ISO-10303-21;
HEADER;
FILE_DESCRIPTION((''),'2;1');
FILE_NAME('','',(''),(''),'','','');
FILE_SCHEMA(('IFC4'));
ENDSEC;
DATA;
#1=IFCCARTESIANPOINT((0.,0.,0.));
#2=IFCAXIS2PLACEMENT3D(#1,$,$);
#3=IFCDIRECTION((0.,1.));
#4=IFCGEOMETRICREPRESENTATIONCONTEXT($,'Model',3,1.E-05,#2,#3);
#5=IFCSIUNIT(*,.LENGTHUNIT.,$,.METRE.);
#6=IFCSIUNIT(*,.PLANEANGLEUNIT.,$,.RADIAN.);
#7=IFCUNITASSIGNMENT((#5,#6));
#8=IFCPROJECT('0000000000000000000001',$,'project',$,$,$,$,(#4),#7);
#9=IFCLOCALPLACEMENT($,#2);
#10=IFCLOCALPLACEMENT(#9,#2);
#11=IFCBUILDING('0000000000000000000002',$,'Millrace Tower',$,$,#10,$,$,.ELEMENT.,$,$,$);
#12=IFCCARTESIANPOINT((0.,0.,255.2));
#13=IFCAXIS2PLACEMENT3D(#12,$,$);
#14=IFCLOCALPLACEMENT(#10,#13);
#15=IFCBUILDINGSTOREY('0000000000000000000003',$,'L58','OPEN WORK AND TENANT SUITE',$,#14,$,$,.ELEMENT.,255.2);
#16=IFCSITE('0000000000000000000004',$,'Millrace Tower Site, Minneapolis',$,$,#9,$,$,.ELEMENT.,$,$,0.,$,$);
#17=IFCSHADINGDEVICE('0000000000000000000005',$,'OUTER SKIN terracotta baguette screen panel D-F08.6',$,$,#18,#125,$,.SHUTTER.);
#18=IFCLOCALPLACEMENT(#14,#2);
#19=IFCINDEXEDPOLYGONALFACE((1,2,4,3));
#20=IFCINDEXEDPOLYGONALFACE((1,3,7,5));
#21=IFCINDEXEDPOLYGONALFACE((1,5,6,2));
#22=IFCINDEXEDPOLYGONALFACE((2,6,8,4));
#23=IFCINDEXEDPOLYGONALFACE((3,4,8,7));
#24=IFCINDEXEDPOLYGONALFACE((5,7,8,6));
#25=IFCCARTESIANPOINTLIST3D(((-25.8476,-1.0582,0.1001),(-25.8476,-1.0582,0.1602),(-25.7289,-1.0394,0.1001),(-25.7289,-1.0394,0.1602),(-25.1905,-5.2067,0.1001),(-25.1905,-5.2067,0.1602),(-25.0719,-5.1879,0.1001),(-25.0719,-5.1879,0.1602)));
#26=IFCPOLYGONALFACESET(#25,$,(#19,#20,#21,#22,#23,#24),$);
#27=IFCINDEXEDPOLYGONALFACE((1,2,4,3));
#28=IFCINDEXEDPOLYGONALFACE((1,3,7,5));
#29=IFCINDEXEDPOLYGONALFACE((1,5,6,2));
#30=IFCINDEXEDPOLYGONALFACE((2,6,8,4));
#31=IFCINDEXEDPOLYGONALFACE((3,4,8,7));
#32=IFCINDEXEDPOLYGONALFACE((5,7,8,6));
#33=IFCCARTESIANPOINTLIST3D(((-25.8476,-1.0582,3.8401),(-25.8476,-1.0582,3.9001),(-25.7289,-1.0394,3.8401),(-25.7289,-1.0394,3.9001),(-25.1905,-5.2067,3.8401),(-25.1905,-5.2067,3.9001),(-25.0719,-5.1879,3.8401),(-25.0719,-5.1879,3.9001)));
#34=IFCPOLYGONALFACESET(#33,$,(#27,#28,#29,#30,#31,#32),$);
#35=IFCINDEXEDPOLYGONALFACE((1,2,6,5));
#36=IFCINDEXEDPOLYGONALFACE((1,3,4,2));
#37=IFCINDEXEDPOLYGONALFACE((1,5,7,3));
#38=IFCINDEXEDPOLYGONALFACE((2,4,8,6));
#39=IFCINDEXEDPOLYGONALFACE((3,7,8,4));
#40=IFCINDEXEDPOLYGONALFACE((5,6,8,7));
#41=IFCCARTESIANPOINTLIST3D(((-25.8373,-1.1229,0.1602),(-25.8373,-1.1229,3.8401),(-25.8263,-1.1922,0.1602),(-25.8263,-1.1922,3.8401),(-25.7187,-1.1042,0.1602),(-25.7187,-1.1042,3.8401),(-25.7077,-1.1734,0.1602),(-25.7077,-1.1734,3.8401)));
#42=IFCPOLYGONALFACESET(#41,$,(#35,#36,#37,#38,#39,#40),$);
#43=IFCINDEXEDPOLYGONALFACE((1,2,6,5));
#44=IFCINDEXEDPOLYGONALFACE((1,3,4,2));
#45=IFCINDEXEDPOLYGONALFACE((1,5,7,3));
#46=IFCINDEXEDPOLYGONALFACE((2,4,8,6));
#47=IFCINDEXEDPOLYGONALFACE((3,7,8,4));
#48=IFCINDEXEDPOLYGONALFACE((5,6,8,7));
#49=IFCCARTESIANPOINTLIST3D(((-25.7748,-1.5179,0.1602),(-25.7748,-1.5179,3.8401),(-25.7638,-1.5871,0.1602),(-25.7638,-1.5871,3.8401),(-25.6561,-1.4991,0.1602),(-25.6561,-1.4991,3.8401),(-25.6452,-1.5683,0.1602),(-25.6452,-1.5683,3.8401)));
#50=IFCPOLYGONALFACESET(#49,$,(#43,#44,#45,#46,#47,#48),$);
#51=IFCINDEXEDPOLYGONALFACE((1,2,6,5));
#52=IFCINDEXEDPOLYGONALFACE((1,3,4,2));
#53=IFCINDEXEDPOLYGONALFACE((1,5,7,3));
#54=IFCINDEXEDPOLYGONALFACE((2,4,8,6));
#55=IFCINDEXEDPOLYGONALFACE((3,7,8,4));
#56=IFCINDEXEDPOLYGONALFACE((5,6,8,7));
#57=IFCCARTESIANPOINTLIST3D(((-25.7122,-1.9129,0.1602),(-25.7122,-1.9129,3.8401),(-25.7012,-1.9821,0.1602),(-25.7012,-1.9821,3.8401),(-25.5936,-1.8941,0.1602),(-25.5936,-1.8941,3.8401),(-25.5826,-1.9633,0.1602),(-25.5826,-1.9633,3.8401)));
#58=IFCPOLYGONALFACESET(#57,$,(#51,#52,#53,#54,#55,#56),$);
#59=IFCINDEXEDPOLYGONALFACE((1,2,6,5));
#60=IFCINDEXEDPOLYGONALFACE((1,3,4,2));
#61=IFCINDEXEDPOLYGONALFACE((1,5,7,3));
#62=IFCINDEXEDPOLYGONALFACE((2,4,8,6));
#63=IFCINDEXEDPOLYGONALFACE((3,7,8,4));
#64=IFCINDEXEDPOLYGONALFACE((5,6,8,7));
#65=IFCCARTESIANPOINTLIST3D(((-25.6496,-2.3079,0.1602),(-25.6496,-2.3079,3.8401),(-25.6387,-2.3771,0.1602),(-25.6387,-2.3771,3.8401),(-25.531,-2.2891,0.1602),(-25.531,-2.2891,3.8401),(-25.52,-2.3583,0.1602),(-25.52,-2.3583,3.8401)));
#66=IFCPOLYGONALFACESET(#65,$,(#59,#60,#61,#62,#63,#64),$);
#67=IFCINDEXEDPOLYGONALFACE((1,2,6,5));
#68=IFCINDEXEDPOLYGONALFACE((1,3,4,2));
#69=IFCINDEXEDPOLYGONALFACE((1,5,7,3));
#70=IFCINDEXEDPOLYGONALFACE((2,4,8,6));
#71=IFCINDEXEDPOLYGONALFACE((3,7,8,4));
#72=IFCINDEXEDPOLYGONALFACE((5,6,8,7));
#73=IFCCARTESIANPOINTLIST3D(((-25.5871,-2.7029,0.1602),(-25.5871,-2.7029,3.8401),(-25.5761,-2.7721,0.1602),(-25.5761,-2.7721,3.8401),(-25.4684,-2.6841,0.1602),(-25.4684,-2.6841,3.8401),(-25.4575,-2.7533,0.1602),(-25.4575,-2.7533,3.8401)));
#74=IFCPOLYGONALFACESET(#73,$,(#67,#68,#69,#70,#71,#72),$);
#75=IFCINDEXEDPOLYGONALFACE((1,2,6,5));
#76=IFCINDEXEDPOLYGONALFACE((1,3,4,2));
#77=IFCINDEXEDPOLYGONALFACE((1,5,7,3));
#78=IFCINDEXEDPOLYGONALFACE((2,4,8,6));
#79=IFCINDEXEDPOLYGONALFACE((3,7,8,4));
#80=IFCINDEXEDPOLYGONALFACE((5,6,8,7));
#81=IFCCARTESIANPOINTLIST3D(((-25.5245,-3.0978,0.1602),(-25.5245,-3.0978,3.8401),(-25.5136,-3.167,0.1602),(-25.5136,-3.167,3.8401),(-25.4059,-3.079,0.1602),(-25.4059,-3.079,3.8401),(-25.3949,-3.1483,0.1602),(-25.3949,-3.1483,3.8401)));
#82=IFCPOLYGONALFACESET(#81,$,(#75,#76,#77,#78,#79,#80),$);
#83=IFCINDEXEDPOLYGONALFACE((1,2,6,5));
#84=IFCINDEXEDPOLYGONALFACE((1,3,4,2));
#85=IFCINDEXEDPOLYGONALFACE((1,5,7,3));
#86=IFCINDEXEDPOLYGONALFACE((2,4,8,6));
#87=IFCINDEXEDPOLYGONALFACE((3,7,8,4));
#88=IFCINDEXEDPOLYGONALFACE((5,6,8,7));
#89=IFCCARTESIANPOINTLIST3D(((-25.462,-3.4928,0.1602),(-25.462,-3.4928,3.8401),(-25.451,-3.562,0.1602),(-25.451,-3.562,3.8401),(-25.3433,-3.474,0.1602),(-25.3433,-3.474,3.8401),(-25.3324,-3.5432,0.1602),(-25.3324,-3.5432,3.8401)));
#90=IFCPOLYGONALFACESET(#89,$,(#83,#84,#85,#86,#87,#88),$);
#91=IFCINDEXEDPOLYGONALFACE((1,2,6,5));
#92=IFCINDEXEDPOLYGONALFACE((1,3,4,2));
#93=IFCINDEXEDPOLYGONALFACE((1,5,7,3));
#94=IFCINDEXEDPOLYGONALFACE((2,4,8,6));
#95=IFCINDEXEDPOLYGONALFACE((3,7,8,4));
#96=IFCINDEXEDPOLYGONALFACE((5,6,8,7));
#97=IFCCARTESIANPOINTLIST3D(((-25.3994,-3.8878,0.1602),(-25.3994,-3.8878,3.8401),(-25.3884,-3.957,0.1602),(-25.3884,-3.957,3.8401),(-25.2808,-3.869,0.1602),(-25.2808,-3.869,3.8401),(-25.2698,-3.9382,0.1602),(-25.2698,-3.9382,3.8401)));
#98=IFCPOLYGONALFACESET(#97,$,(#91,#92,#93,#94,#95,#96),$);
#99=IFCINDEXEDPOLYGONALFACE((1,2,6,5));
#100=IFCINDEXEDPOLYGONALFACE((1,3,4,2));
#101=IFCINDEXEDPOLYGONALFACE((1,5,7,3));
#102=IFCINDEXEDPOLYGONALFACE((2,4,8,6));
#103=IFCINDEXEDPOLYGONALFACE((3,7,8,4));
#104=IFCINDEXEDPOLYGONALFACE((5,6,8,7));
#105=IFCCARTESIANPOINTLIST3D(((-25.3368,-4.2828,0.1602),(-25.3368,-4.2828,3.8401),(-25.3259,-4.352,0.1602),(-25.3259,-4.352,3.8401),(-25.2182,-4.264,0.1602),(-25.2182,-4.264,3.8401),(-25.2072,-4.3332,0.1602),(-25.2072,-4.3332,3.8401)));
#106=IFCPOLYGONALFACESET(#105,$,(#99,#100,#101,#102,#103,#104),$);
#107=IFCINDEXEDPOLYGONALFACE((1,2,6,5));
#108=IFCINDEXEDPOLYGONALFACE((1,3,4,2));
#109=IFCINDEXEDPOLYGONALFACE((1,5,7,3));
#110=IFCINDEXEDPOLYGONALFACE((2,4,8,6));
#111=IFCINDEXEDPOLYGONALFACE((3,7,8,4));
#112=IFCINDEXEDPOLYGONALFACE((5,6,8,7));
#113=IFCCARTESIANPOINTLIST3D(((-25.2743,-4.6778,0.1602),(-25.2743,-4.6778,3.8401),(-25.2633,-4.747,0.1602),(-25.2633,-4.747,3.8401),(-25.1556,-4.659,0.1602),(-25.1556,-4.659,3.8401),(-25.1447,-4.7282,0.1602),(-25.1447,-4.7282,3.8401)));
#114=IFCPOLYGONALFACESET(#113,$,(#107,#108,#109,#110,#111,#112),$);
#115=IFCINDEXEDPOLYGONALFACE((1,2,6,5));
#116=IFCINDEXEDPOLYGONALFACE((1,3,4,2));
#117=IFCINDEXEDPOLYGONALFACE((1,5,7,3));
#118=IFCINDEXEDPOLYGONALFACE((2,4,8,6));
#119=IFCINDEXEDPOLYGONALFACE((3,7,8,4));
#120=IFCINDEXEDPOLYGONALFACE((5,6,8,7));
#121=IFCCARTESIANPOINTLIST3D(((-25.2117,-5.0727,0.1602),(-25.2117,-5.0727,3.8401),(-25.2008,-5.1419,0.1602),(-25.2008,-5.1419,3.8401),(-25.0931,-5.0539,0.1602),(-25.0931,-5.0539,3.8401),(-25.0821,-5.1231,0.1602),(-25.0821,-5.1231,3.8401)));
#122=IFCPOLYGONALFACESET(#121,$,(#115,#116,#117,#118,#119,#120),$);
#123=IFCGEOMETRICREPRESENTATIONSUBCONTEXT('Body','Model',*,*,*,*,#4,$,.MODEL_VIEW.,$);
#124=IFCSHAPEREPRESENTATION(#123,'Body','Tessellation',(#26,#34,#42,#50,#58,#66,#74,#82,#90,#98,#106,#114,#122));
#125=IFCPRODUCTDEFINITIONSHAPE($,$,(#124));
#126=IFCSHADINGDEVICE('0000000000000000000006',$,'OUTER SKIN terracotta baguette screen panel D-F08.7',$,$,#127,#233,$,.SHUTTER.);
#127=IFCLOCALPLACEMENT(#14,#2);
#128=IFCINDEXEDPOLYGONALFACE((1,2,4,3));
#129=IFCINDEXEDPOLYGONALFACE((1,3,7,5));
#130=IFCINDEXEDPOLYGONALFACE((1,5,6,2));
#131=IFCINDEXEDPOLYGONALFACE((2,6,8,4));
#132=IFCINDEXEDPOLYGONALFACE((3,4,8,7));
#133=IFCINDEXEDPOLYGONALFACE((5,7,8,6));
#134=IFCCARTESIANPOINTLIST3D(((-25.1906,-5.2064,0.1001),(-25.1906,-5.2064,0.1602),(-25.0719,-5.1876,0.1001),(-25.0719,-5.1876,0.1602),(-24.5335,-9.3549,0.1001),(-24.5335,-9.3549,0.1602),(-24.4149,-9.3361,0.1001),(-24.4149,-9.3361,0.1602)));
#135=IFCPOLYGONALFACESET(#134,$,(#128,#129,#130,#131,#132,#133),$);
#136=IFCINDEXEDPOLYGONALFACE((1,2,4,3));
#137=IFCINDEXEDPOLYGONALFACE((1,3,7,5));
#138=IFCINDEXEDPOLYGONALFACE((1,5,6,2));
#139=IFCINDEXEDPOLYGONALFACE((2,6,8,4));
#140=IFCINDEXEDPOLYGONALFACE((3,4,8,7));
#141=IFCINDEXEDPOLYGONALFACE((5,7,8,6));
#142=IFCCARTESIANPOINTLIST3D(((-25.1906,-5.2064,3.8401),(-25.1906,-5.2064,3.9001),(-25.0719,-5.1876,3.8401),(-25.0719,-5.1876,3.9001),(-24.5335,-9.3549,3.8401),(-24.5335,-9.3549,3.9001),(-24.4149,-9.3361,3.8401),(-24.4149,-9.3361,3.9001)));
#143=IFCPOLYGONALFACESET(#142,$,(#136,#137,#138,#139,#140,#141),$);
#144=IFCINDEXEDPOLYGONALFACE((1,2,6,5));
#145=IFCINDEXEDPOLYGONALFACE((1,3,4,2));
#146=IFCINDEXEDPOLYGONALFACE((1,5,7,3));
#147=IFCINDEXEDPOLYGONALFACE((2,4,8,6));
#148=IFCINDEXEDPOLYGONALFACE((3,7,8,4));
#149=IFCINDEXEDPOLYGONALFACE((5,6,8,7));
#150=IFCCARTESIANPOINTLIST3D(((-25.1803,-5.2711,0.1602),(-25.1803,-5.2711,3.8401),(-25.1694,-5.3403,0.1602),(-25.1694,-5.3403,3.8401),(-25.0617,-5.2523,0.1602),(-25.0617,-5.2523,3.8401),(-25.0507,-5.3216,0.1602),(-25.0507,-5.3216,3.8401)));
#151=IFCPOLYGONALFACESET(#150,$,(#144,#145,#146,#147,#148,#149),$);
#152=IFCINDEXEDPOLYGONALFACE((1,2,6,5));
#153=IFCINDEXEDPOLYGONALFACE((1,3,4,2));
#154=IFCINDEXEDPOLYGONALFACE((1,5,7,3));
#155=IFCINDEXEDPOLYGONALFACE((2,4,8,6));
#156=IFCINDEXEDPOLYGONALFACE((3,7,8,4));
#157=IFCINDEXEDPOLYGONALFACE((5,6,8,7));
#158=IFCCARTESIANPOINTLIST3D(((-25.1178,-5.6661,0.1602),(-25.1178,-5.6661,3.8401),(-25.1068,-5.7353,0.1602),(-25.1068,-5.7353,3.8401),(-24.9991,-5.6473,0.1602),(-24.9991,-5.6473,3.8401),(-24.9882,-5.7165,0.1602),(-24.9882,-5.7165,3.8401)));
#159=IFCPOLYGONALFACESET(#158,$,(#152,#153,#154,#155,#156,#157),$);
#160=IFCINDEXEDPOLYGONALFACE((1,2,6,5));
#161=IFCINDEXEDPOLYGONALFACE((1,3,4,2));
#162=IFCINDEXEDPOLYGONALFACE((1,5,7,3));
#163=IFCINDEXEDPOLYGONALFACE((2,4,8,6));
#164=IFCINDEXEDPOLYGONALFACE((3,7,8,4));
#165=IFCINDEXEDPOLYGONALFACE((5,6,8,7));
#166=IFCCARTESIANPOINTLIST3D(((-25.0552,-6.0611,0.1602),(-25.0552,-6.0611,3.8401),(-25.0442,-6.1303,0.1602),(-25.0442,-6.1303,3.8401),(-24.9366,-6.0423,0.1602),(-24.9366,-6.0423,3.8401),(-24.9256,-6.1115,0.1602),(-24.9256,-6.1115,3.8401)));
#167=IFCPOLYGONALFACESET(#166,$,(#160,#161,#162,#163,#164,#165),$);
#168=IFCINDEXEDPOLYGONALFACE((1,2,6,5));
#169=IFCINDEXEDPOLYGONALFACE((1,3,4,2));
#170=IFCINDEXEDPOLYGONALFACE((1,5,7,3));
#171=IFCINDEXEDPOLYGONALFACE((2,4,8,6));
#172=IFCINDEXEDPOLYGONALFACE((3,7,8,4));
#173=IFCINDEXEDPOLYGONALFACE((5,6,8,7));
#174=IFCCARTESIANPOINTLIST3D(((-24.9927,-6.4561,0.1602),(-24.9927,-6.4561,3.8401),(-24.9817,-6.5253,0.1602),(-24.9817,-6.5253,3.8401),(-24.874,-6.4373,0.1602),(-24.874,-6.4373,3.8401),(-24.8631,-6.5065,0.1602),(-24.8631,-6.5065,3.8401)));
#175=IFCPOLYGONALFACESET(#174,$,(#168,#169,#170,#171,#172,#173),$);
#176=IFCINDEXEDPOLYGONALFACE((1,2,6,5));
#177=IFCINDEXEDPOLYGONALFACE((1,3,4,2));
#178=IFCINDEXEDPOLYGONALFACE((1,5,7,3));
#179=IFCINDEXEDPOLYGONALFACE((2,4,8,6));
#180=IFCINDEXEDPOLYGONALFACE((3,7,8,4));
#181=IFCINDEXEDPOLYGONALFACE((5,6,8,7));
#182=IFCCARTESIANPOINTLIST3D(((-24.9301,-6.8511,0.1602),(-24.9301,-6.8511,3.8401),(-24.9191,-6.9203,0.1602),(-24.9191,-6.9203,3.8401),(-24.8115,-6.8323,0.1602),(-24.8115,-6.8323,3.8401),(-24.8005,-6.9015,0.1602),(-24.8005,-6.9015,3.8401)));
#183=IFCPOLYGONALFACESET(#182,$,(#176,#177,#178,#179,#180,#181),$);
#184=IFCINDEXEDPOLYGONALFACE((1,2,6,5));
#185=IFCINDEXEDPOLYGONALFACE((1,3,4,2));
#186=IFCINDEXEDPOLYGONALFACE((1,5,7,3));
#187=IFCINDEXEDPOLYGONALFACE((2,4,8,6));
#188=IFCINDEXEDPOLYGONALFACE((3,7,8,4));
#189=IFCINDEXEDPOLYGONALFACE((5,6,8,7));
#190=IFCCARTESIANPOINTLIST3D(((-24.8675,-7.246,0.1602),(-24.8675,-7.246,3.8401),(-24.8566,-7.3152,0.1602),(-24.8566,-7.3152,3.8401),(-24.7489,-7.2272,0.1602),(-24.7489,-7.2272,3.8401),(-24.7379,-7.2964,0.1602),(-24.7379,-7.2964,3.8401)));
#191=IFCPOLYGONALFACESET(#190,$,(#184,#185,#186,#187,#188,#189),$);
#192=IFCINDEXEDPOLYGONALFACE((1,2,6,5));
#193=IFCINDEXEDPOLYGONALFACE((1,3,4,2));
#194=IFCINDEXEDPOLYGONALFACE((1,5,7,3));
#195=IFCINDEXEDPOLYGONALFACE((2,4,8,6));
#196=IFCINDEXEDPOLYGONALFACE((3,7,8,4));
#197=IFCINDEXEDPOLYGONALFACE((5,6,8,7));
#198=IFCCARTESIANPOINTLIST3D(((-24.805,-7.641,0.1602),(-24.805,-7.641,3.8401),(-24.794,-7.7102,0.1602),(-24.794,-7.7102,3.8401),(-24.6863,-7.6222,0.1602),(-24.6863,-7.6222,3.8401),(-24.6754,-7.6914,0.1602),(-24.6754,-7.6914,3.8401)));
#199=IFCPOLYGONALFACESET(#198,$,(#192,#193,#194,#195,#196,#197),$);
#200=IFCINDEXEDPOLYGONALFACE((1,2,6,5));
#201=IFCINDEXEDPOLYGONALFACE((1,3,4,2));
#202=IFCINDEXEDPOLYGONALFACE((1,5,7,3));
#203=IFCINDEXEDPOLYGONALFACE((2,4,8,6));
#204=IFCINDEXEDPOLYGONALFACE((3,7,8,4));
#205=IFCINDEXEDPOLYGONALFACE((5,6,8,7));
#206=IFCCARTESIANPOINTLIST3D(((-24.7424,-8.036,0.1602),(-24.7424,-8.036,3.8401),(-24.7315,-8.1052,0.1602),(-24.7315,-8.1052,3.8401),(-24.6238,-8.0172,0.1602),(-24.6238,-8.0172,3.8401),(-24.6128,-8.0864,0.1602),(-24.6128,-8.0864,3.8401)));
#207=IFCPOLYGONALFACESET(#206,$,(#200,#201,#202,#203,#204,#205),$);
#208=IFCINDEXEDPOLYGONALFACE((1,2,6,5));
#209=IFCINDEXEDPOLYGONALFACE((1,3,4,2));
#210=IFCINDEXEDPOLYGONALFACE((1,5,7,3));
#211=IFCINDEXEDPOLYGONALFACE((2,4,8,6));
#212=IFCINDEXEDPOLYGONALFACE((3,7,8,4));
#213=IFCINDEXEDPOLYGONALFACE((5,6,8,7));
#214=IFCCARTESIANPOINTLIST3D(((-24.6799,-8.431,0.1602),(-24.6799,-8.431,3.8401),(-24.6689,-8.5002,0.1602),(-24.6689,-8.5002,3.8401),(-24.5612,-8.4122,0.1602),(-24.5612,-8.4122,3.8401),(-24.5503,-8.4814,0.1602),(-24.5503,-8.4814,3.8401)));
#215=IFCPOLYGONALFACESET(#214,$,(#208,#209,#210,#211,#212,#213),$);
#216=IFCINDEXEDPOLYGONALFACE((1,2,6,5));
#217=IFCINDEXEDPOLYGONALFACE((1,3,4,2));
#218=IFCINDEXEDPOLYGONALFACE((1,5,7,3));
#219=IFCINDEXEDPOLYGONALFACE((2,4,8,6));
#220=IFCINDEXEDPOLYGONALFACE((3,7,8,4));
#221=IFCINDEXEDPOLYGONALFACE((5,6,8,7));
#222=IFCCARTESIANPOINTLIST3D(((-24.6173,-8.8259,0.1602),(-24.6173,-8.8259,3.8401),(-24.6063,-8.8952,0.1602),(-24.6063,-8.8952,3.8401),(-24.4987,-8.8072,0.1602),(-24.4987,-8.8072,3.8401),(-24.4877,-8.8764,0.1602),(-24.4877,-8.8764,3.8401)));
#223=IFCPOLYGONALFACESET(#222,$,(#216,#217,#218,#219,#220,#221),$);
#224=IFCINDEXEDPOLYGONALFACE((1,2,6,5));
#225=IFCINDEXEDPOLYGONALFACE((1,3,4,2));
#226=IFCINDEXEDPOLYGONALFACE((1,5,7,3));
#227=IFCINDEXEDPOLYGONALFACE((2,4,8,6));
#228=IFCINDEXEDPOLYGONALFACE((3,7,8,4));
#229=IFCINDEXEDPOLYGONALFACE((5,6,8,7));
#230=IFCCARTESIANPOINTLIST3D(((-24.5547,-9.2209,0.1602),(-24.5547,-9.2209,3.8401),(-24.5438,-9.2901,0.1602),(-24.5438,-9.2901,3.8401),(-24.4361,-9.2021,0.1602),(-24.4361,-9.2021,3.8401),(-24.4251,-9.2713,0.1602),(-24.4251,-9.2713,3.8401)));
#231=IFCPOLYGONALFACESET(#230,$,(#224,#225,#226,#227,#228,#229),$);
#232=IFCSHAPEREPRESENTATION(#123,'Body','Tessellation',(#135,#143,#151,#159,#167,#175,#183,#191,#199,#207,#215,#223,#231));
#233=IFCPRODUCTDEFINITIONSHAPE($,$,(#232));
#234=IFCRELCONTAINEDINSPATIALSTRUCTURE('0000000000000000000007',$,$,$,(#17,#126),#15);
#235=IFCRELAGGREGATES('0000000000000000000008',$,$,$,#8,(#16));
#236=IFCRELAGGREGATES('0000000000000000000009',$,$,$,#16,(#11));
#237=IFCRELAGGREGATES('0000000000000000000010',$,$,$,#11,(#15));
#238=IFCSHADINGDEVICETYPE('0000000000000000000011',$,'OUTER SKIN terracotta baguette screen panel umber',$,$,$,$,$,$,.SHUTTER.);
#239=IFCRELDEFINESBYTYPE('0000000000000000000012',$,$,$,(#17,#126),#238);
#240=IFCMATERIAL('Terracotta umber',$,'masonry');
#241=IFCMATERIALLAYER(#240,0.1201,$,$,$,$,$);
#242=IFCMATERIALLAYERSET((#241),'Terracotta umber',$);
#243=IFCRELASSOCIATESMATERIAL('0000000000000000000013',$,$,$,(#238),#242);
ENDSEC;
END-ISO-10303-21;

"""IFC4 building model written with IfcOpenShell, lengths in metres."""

from ifc_helpers import new_model, entity, si_unit, direction, frame, frame_2d, origin, origin_2d, place, context, subcontext, project, spatial, rectangle, extrude, source, transform, mapped, material, layer, layer_set, type_object, element, save


model = new_model("IFC4")

# Units and contexts
model_context = context("Model", 3, precision=1e-05, world=origin(), true_north=direction((0.0, 1.0)))
body_context = subcontext(model_context, "Body", "Model", "MODEL_VIEW")
ifc_project = project(units=[si_unit("LENGTHUNIT", "METRE"), si_unit("PLANEANGLEUNIT", "RADIAN")], contexts=[model_context])

# Site, building, storey
site_placement = place(None, origin())
site = spatial("IfcSite", under=ifc_project, at=site_placement, Name="Millrace Tower Site, Minneapolis", CompositionType="ELEMENT", RefElevation=0.0)
building_placement = place(site_placement, origin())
building = spatial("IfcBuilding", under=site, at=building_placement, Name="Millrace Tower", CompositionType="ELEMENT")
storey_placement = place(building_placement, frame((0.0, 0.0, 255.2)))
storey = spatial("IfcBuildingStorey", under=building, at=storey_placement, Name="L58", Description="OPEN WORK AND TENANT SUITE", CompositionType="ELEMENT", Elevation=255.2)

# Shading devices
ifc_material_1 = material(Name="Terracotta umber", Category="masonry")
ifc_layer_1 = layer(ifc_material_1, 0.1201)
ifc_layer_set_1 = layer_set([ifc_layer_1], Name="Terracotta umber")
shading_device_type = type_object("IfcShadingDeviceType", Name="OUTER SKIN terracotta baguette screen panel umber", PredefinedType="SHUTTER", material=ifc_layer_set_1)
cartesian_point = entity("IfcCartesianPoint", [-2.1001, 0.0601])
shared_polyline = entity("IfcPolyline", [cartesian_point, entity("IfcCartesianPoint", [2.1001, 0.0601]), entity("IfcCartesianPoint", [2.1001, -0.0601]), entity("IfcCartesianPoint", [-2.1001, -0.0601]), cartesian_point])
shared_shape = source(origin(), body_context, "Body", "SweptSolid", [
    entity("IfcExtrudedAreaSolid", entity("IfcArbitraryClosedProfileDef", "AREA", None, shared_polyline), entity("IfcAxis2Placement3D", entity("IfcCartesianPoint", [0.0, 0.0, 0.0])), entity("IfcDirection", [0.0, 0.0, 1.0]), 0.0601),
    entity("IfcExtrudedAreaSolid", entity("IfcArbitraryClosedProfileDef", "AREA", None, shared_polyline), entity("IfcAxis2Placement3D", entity("IfcCartesianPoint", [0.0, 0.0, 3.74])), entity("IfcDirection", [0.0, 0.0, 1.0]), 0.0601),
    extrude(rectangle(XDim=0.0701, YDim=0.1201, at=frame_2d((-1.9995, 0.0))), frame((0.0, 0.0, 0.0601)), (0.0, 0.0, 1.0), 3.6799),
    extrude(rectangle(XDim=0.0701, YDim=0.1201, at=frame_2d((-1.5996, 0.0))), frame((0.0, 0.0, 0.0601)), (0.0, 0.0, 1.0), 3.6799),
    extrude(rectangle(XDim=0.0701, YDim=0.1201, at=frame_2d((-1.1997, 0.0))), frame((0.0, 0.0, 0.0601)), (0.0, 0.0, 1.0), 3.6799),
    extrude(rectangle(XDim=0.0701, YDim=0.1201, at=frame_2d((-0.7998, 0.0))), frame((0.0, 0.0, 0.0601)), (0.0, 0.0, 1.0), 3.6799),
    extrude(rectangle(XDim=0.0701, YDim=0.1201, at=frame_2d((-0.3999, 0.0))), frame((0.0, 0.0, 0.0601)), (0.0, 0.0, 1.0), 3.6799),
    extrude(rectangle(XDim=0.0701, YDim=0.1201, at=origin_2d()), frame((0.0, 0.0, 0.0601)), (0.0, 0.0, 1.0), 3.6799),
    extrude(rectangle(XDim=0.0701, YDim=0.1201, at=frame_2d((0.3999, 0.0))), frame((0.0, 0.0, 0.0601)), (0.0, 0.0, 1.0), 3.6799),
    extrude(rectangle(XDim=0.0701, YDim=0.1201, at=frame_2d((0.7998, 0.0))), frame((0.0, 0.0, 0.0601)), (0.0, 0.0, 1.0), 3.6799),
    extrude(rectangle(XDim=0.0701, YDim=0.1201, at=frame_2d((1.1997, 0.0))), frame((0.0, 0.0, 0.0601)), (0.0, 0.0, 1.0), 3.6799),
    extrude(rectangle(XDim=0.0701, YDim=0.1201, at=frame_2d((1.5996, 0.0))), frame((0.0, 0.0, 0.0601)), (0.0, 0.0, 1.0), 3.6799),
    extrude(rectangle(XDim=0.0701, YDim=0.1201, at=frame_2d((1.9995, 0.0))), frame((0.0, 0.0, 0.0601)), (0.0, 0.0, 1.0), 3.6799),
])
for number, where, z_axis, x_axis, name in (
    (1, (-25.4597, -3.123, 0.1001), (0.0, 0.0, 1.0), (0.156434, -0.987688, 0.0), "OUTER SKIN terracotta baguette screen panel D-F08.6"),
    (2, (-24.8027, -7.2712, 0.1001), (0.0, 0.0, 1.0), (0.156434, -0.987688, 0.0), "OUTER SKIN terracotta baguette screen panel D-F08.7"),
):
    element("IfcShadingDevice", number, at=place(storey_placement, frame(where, z_axis=z_axis, x_axis=x_axis)), inside=storey, type_object=shading_device_type, Name=name, PredefinedType="SHUTTER", context=body_context, shape_type="MappedRepresentation", body=[
        mapped(shared_shape, transform((0.0, 0.0, 0.0), scale=1.0)),
    ])

save(model, "model.ifc")
